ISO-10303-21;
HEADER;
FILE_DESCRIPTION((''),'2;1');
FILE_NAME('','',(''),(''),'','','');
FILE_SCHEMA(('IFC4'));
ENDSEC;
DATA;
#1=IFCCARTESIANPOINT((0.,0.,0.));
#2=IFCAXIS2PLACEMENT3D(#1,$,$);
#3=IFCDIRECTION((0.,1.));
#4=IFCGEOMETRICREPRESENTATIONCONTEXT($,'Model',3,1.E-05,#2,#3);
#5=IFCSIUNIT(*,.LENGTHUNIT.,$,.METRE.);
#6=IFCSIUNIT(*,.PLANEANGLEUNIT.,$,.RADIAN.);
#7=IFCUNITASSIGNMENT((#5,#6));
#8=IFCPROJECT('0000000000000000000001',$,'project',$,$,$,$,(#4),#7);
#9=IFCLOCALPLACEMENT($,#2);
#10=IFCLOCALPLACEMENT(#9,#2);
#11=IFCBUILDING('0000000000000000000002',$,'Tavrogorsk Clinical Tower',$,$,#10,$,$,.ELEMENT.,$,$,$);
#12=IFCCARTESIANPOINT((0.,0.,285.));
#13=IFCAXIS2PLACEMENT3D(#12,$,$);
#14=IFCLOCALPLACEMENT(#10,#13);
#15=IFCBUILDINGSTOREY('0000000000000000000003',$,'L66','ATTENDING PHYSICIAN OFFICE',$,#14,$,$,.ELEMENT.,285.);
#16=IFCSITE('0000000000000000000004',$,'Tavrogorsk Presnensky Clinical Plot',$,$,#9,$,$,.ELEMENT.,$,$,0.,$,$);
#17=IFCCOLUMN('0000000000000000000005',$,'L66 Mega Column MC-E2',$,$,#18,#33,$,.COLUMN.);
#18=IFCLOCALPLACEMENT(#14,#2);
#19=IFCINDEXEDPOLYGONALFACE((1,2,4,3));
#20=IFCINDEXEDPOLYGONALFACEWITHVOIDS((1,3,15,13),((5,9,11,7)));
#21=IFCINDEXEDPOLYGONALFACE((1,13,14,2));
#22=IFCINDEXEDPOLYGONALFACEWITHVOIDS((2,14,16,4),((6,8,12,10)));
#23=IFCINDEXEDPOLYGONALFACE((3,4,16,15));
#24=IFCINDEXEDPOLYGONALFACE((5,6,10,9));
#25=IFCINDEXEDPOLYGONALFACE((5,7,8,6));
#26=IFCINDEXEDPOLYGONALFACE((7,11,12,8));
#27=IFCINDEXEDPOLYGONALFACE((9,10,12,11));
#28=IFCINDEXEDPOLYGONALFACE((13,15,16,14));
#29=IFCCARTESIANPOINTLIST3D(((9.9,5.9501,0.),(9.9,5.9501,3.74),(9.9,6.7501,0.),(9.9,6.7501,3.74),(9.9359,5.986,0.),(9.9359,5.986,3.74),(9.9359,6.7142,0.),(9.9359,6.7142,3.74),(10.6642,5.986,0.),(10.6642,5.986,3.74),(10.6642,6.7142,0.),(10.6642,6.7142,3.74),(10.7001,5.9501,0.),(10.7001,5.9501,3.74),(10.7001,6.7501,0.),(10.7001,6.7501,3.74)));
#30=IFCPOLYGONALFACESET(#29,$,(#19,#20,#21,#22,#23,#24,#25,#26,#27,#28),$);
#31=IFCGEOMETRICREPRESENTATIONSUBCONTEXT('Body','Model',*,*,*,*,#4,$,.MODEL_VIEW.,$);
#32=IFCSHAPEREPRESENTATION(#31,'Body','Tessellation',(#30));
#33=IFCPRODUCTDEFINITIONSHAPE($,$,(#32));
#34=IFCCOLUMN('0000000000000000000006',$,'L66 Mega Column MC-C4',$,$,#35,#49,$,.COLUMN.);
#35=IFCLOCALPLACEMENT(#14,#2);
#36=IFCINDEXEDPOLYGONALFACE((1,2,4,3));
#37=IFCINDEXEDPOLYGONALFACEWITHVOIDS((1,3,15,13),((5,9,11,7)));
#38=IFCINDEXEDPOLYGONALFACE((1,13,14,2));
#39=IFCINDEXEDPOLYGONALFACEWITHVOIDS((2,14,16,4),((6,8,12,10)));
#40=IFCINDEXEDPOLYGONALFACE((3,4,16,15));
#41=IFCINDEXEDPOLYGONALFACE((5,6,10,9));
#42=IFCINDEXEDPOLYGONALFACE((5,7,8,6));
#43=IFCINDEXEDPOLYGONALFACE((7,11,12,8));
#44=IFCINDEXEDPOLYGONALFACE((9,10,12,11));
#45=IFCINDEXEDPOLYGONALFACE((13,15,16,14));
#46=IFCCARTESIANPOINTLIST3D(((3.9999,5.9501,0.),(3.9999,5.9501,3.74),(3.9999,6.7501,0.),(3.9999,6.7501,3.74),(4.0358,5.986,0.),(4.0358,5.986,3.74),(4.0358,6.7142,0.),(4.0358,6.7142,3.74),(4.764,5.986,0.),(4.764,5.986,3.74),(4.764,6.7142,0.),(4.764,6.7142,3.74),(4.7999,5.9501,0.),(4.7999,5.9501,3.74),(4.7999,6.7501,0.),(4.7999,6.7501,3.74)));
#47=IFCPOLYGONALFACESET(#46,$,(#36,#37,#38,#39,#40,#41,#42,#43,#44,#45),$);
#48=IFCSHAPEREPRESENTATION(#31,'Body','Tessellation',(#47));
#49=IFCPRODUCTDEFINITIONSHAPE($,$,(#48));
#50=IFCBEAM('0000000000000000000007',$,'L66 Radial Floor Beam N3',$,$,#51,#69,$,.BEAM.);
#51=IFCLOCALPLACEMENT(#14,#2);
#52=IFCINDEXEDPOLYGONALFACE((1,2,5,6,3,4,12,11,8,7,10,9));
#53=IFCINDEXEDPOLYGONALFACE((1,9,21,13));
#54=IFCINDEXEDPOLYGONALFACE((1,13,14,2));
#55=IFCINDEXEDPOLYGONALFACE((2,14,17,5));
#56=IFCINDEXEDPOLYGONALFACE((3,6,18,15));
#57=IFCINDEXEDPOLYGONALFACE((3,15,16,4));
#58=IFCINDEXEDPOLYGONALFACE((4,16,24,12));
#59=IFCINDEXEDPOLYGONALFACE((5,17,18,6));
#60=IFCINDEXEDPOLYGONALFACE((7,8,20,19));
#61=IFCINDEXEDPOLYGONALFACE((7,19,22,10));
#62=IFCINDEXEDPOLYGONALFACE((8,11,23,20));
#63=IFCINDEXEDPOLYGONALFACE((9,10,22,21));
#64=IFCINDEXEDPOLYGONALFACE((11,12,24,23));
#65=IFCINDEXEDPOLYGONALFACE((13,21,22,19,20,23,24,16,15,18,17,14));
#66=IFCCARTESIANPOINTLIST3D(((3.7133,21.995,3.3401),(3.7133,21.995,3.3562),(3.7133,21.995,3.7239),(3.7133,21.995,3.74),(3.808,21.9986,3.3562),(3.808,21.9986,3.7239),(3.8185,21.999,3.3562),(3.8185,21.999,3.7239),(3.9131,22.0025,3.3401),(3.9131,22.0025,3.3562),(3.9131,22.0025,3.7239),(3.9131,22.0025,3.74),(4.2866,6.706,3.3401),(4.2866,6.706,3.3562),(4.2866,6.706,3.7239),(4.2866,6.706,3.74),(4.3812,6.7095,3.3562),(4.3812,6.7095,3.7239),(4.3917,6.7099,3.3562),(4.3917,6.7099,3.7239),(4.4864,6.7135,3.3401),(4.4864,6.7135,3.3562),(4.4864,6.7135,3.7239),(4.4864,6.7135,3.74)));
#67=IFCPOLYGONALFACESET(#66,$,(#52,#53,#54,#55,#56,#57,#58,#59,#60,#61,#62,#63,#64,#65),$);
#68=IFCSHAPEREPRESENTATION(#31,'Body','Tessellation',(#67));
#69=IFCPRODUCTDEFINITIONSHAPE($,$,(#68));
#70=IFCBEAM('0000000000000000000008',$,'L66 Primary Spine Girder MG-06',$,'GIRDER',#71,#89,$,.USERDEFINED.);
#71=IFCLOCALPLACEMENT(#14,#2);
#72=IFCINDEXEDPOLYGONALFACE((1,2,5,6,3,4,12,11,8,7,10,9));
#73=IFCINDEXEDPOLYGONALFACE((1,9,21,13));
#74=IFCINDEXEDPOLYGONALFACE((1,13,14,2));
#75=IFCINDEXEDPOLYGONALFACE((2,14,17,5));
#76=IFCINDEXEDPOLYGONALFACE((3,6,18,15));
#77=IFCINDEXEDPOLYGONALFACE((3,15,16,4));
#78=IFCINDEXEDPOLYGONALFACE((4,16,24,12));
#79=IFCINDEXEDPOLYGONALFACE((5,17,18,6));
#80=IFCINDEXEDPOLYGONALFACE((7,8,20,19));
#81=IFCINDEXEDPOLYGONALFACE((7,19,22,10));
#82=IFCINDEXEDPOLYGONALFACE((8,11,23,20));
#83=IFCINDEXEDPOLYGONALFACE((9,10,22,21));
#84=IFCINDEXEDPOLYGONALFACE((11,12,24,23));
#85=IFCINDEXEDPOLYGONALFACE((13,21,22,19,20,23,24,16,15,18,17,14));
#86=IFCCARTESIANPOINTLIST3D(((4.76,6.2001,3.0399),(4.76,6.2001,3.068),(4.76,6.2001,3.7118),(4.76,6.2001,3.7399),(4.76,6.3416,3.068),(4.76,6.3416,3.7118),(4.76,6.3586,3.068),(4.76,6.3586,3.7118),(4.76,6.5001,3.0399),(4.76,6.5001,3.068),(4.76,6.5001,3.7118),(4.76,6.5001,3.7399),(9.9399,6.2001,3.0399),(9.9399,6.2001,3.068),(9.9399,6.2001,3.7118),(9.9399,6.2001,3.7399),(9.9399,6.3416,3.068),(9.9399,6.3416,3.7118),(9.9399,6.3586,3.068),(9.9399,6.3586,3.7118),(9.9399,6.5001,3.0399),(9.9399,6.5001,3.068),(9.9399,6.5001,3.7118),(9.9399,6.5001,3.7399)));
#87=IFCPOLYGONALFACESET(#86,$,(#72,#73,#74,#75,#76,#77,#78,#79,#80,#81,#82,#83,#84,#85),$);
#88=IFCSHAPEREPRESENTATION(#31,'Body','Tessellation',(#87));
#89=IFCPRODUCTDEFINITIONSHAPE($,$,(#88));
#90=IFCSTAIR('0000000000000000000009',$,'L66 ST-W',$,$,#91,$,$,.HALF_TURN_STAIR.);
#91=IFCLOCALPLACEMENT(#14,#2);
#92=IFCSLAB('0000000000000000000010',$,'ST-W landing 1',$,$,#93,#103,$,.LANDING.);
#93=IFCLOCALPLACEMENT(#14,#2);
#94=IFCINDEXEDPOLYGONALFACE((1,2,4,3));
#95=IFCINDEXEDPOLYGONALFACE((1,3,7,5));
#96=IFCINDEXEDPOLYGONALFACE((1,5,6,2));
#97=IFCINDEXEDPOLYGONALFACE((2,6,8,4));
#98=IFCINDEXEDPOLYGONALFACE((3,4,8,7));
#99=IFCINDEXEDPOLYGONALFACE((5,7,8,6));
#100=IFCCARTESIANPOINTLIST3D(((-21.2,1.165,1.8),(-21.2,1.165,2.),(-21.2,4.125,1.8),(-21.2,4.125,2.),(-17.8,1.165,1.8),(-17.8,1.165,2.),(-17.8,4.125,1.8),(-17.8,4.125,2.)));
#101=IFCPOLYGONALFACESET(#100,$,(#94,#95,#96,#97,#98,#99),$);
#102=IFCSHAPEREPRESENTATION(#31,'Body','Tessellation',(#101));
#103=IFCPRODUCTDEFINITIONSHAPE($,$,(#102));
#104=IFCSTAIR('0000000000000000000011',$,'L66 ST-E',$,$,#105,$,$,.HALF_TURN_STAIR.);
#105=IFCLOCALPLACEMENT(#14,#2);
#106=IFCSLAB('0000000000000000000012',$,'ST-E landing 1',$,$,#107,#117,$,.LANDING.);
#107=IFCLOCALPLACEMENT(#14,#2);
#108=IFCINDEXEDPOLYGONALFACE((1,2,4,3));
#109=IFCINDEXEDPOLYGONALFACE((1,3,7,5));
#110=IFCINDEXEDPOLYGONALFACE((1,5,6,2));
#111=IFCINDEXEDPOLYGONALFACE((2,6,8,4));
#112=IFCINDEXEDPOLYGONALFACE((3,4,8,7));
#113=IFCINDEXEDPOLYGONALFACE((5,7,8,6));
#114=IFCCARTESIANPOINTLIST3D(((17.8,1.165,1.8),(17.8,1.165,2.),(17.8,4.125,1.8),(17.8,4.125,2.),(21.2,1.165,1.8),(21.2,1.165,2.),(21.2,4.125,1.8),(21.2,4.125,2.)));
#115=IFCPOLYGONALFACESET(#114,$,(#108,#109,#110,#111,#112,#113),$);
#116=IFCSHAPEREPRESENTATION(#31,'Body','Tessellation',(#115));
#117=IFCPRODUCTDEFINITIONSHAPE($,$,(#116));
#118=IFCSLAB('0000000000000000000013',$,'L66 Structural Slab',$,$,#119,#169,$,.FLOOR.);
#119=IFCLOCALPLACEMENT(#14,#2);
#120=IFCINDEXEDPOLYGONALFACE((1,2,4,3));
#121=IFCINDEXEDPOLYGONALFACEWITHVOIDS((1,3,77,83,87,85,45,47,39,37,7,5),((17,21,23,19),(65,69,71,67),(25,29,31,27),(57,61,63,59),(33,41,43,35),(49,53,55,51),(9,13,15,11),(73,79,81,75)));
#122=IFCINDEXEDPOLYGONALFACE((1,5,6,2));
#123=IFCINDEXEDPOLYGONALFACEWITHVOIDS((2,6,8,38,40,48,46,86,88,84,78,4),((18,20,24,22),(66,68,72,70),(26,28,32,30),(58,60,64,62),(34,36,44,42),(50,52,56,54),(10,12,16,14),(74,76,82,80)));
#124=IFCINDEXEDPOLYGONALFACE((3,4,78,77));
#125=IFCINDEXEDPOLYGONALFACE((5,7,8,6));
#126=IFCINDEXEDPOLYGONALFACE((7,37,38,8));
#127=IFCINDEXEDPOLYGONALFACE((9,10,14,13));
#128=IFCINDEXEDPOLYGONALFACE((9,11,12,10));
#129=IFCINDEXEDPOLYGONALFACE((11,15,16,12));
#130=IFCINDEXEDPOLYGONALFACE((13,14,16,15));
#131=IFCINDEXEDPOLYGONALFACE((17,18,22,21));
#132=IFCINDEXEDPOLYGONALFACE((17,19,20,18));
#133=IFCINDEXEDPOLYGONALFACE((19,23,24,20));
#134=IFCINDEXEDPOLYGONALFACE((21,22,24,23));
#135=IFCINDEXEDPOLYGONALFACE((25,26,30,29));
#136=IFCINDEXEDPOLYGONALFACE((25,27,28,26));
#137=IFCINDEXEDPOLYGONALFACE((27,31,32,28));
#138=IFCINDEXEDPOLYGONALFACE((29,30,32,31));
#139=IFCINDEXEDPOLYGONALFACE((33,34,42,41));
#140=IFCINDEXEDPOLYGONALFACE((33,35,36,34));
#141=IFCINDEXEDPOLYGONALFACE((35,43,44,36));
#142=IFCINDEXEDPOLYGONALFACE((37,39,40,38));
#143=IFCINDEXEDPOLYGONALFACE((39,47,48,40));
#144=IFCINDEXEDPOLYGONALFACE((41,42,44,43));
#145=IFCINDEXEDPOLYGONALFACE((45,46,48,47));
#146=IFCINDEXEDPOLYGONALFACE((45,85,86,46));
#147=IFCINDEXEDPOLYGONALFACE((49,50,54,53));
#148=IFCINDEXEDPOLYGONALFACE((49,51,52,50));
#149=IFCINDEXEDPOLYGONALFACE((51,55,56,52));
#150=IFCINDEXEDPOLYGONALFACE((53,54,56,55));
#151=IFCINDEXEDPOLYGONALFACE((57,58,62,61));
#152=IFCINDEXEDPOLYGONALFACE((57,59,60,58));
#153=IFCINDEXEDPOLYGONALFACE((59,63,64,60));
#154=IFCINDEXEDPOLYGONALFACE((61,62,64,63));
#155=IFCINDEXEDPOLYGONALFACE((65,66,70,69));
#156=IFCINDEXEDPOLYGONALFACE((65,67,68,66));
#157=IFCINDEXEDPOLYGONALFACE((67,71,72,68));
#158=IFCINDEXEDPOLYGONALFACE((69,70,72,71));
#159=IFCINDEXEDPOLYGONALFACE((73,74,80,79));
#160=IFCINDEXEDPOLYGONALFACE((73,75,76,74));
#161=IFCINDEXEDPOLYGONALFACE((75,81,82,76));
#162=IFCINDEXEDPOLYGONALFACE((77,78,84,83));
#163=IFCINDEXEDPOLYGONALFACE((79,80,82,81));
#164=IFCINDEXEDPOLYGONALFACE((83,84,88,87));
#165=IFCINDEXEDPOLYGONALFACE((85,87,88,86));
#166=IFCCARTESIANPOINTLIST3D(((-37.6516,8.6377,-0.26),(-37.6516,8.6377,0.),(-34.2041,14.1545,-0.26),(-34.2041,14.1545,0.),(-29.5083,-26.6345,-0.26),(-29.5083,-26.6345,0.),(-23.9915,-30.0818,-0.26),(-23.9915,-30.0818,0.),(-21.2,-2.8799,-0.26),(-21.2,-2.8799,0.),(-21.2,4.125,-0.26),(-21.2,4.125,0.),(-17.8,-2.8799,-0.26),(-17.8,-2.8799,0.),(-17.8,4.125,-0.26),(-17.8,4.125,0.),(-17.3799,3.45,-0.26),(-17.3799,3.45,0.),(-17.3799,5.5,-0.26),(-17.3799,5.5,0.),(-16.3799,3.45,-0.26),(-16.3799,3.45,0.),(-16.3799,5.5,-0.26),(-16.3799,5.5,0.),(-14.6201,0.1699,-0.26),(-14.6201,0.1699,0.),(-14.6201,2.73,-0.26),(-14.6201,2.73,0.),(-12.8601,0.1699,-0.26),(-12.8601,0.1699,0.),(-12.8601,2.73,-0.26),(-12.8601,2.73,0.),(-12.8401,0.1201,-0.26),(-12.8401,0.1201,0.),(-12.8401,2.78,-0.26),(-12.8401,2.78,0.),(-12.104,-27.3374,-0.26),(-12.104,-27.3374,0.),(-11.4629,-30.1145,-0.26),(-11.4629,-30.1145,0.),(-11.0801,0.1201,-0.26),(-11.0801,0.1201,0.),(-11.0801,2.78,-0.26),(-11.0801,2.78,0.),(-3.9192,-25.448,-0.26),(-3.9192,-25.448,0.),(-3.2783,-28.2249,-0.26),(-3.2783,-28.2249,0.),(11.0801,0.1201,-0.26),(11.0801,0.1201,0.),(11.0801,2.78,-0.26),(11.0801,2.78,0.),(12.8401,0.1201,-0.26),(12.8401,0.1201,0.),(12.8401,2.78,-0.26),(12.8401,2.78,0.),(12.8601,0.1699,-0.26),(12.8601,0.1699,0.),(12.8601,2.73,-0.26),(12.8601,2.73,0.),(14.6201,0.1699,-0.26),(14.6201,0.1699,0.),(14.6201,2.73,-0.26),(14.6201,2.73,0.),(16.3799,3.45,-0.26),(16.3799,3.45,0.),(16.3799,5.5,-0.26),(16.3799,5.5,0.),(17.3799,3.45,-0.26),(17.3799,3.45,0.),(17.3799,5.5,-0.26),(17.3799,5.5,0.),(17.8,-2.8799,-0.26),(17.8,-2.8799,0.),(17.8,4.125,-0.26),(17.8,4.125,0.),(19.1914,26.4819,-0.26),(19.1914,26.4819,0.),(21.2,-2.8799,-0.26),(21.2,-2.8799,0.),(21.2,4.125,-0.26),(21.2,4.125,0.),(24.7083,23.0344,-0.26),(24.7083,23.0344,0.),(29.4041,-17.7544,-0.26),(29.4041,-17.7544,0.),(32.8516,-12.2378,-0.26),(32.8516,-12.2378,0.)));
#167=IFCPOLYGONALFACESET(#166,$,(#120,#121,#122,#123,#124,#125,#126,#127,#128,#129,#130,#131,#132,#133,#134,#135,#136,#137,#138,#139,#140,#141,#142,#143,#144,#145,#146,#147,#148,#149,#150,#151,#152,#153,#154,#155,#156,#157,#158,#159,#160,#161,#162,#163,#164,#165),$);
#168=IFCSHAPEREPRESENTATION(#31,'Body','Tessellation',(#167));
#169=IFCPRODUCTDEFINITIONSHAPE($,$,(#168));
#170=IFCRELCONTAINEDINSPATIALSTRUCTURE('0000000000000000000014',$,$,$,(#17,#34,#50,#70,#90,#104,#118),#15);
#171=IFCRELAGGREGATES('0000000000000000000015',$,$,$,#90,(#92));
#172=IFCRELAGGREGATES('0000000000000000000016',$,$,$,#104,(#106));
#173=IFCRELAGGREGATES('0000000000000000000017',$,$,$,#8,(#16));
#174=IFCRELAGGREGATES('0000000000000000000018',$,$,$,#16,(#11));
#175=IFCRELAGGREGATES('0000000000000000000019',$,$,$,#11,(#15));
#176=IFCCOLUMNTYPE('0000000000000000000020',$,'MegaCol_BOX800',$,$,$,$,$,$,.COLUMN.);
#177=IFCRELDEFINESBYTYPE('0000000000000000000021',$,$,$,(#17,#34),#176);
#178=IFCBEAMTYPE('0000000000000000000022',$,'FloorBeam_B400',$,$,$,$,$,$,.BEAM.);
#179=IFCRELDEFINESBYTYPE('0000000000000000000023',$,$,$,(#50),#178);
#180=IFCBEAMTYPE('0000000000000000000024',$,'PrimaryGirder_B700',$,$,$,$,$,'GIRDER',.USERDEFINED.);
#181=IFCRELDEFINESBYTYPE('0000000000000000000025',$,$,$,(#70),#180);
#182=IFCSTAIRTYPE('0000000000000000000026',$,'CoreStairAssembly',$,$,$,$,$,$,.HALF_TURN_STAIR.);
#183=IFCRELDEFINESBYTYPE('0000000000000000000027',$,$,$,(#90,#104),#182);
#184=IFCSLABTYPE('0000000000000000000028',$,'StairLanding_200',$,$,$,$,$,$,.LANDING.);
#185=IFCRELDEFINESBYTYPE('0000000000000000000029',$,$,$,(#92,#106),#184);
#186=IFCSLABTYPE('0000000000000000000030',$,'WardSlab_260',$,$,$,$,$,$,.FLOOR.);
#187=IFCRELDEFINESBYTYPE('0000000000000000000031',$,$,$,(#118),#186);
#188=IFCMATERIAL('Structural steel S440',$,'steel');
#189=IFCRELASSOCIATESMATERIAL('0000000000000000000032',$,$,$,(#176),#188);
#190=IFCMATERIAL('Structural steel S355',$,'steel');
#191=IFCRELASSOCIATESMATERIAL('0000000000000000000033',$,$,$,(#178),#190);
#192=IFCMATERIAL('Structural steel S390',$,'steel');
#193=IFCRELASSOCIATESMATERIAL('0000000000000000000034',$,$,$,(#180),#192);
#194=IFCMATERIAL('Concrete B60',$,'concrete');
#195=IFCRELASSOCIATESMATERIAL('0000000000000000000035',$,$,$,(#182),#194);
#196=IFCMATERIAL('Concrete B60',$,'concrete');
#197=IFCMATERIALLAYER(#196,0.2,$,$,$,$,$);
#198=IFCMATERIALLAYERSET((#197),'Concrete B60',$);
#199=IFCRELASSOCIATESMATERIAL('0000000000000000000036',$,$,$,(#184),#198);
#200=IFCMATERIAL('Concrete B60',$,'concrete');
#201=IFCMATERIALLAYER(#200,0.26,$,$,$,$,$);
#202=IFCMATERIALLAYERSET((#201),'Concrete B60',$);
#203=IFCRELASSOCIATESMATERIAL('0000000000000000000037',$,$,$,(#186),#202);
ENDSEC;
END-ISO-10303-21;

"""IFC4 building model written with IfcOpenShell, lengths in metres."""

from ifc_helpers import new_model, si_unit, direction, frame, origin, origin_2d, place, context, subcontext, project, spatial, polyline, hollow_rectangle, i_section, outline, extrude, material, layer, layer_set, material_profile, profile_set, type_object, element, aggregate, save


model = new_model("IFC4")

# Units and contexts
model_context = context("Model", 3, precision=1e-05, world=origin(), true_north=direction((0.0, 1.0)))
body_context = subcontext(model_context, "Body", "Model", "MODEL_VIEW")
ifc_project = project(units=[si_unit("LENGTHUNIT", "METRE"), si_unit("PLANEANGLEUNIT", "RADIAN")], contexts=[model_context])

# Site, building, storey
site_placement = place(None, origin())
site = spatial("IfcSite", under=ifc_project, at=site_placement, Name="Tavrogorsk Presnensky Clinical Plot", CompositionType="ELEMENT", RefElevation=0.0)
building_placement = place(site_placement, origin())
building = spatial("IfcBuilding", under=site, at=building_placement, Name="Tavrogorsk Clinical Tower", CompositionType="ELEMENT")
storey_placement = place(building_placement, frame((0.0, 0.0, 285.0)))
storey = spatial("IfcBuildingStorey", under=building, at=storey_placement, Name="L66", Description="ATTENDING PHYSICIAN OFFICE", CompositionType="ELEMENT", Elevation=285.0)

# Columns
ifc_material_1 = material(Name="Structural steel S440", Category="steel")
ifc_material_profile_1 = material_profile(ifc_material_1, hollow_rectangle(XDim=0.8, YDim=0.8, WallThickness=0.0359, at=origin_2d()), Name="BOX-800x800x36")
ifc_profile_set_1 = profile_set([ifc_material_profile_1], Name="Structural steel S440")
column_type = type_object("IfcColumnType", Name="MegaCol_BOX800", PredefinedType="COLUMN", material=ifc_profile_set_1)
for number, where, z_axis, x_axis, name in (
    (1, (10.3, 6.3501, 0.0), (0.0, 0.0, 1.0), (1.0, 0.0, 0.0), "L66 Mega Column MC-E2"),
    (2, (4.3999, 6.3501, 0.0), (0.0, 0.0, 1.0), (1.0, 0.0, 0.0), "L66 Mega Column MC-C4"),
):
    element("IfcColumn", number, at=place(storey_placement, frame(where, z_axis=z_axis, x_axis=x_axis)), inside=storey, type_object=column_type, Name=name, PredefinedType="COLUMN", context=body_context, shape_type="SweptSolid", body=[
        extrude(hollow_rectangle(XDim=0.8, YDim=0.8, WallThickness=0.0359, at=origin_2d()), origin(), (0.0, 0.0, 1.0), 3.74),
    ])

# Beams
ifc_material_2 = material(Name="Structural steel S355", Category="steel")
ifc_material_profile_2 = material_profile(ifc_material_2, i_section(OverallWidth=0.2, OverallDepth=0.3999, WebThickness=0.0105, FlangeThickness=0.0161, at=origin_2d()), Name="B-400x200x10.5x16")
ifc_profile_set_2 = profile_set([ifc_material_profile_2], Name="Structural steel S355")
beam_type_1 = type_object("IfcBeamType", Name="FloorBeam_B400", PredefinedType="BEAM", material=ifc_profile_set_2)
beam_1_placement = place(storey_placement, frame((4.3865, 6.7097, 3.54), z_axis=(-0.037467, 0.999298, 0.0), x_axis=(-0.999298, -0.037467, 0.0)))
element("IfcBeam", 3, at=beam_1_placement, inside=storey, type_object=beam_type_1, Name="L66 Radial Floor Beam N3", PredefinedType="BEAM", context=body_context, shape_type="SweptSolid", body=[
    extrude(i_section(OverallWidth=0.2, OverallDepth=0.3999, WebThickness=0.0105, FlangeThickness=0.0161, at=origin_2d()), origin(), (0.0, 0.0, 1.0), 15.2998),
])
ifc_material_3 = material(Name="Structural steel S390", Category="steel")
ifc_material_profile_3 = material_profile(ifc_material_3, i_section(OverallWidth=0.3, OverallDepth=0.7, WebThickness=0.0171, FlangeThickness=0.0281, at=origin_2d()), Name="B-700x300x17x28")
ifc_profile_set_3 = profile_set([ifc_material_profile_3], Name="Structural steel S390")
beam_type_2 = type_object("IfcBeamType", Name="PrimaryGirder_B700", ElementType="GIRDER", PredefinedType="USERDEFINED", material=ifc_profile_set_3)
beam_2_placement = place(storey_placement, frame((4.76, 6.3501, 3.3899), z_axis=(1.0, 0.0, 0.0), x_axis=(0.0, 1.0, 0.0)))
element("IfcBeam", 4, at=beam_2_placement, inside=storey, type_object=beam_type_2, Name="L66 Primary Spine Girder MG-06", ObjectType="GIRDER", PredefinedType="USERDEFINED", context=body_context, shape_type="SweptSolid", body=[
    extrude(i_section(OverallWidth=0.3, OverallDepth=0.7, WebThickness=0.0171, FlangeThickness=0.0281, at=origin_2d()), origin(), (0.0, 0.0, 1.0), 5.1799),
])

# Stairs, slabs
ifc_material_4 = material(Name="Concrete B60", Category="concrete")
stair_type = type_object("IfcStairType", Name="CoreStairAssembly", PredefinedType="HALF_TURN_STAIR", material=ifc_material_4)
stair_1_placement = place(storey_placement, origin())
stair_1 = element("IfcStair", 5, at=stair_1_placement, inside=storey, type_object=stair_type, Name="L66 ST-W", PredefinedType="HALF_TURN_STAIR")
ifc_material_5 = material(Name="Concrete B60", Category="concrete")
ifc_layer_1 = layer(ifc_material_5, 0.2)
ifc_layer_set_1 = layer_set([ifc_layer_1], Name="Concrete B60")
slab_type_1 = type_object("IfcSlabType", Name="StairLanding_200", PredefinedType="LANDING", material=ifc_layer_set_1)
slab_1_placement = place(storey_placement, frame((0.0, 0.0, 1.8)))
slab_1 = element("IfcSlab", 6, at=slab_1_placement, type_object=slab_type_1, Name="ST-W landing 1", PredefinedType="LANDING", context=body_context, shape_type="SweptSolid", body=[
    extrude(outline(polyline([(-17.8, 1.165), (-17.8, 4.125), (-21.2, 4.125), (-21.2, 1.165), (-17.8, 1.165)])), origin(), (0.0, 0.0, 1.0), 0.2),
])
aggregate(stair_1, [slab_1])
stair_2_placement = place(storey_placement, origin())
stair_2 = element("IfcStair", 7, at=stair_2_placement, inside=storey, type_object=stair_type, Name="L66 ST-E", PredefinedType="HALF_TURN_STAIR")
slab_2_placement = place(storey_placement, frame((0.0, 0.0, 1.8)))
slab_2 = element("IfcSlab", 8, at=slab_2_placement, type_object=slab_type_1, Name="ST-E landing 1", PredefinedType="LANDING", context=body_context, shape_type="SweptSolid", body=[
    extrude(outline(polyline([(21.2, 1.165), (21.2, 4.125), (17.8, 4.125), (17.8, 1.165), (21.2, 1.165)])), origin(), (0.0, 0.0, 1.0), 0.2),
])
aggregate(stair_2, [slab_2])

# Slab
ifc_material_6 = material(Name="Concrete B60", Category="concrete")
ifc_layer_2 = layer(ifc_material_6, 0.26)
ifc_layer_set_2 = layer_set([ifc_layer_2], Name="Concrete B60")
slab_type_2 = type_object("IfcSlabType", Name="WardSlab_260", PredefinedType="FLOOR", material=ifc_layer_set_2)
slab_3_placement = place(storey_placement, frame((0.0, 0.0, -0.26)))
element("IfcSlab", 9, at=slab_3_placement, inside=storey, type_object=slab_type_2, Name="L66 Structural Slab", PredefinedType="FLOOR", context=body_context, shape_type="SweptSolid", body=[
    extrude(outline(polyline([(-23.9915, -30.0818), (-29.5083, -26.6345), (-37.6516, 8.6377), (-34.2041, 14.1545), (19.1914, 26.4819), (24.7083, 23.0344), (32.8516, -12.2378), (29.4041, -17.7544), (-3.9192, -25.448), (-3.2783, -28.2249), (-11.4629, -30.1145), (-12.104, -27.3374), (-23.9915, -30.0818)]), holes=[polyline([(-17.8, -2.8799), (-17.8, 4.125), (-21.2, 4.125), (-21.2, -2.8799), (-17.8, -2.8799)]), polyline([(21.2, -2.8799), (21.2, 4.125), (17.8, 4.125), (17.8, -2.8799), (21.2, -2.8799)]), polyline([(-14.6201, 0.1699), (-12.8601, 0.1699), (-12.8601, 2.73), (-14.6201, 2.73), (-14.6201, 0.1699)]), polyline([(-12.8401, 0.1201), (-11.0801, 0.1201), (-11.0801, 2.78), (-12.8401, 2.78), (-12.8401, 0.1201)]), polyline([(12.8601, 0.1699), (14.6201, 0.1699), (14.6201, 2.73), (12.8601, 2.73), (12.8601, 0.1699)]), polyline([(11.0801, 0.1201), (12.8401, 0.1201), (12.8401, 2.78), (11.0801, 2.78), (11.0801, 0.1201)]), polyline([(-17.3799, 3.45), (-16.3799, 3.45), (-16.3799, 5.5), (-17.3799, 5.5), (-17.3799, 3.45)]), polyline([(16.3799, 3.45), (17.3799, 3.45), (17.3799, 5.5), (16.3799, 5.5), (16.3799, 3.45)])]), origin(), (0.0, 0.0, 1.0), 0.26),
])

save(model, "model.ifc")
